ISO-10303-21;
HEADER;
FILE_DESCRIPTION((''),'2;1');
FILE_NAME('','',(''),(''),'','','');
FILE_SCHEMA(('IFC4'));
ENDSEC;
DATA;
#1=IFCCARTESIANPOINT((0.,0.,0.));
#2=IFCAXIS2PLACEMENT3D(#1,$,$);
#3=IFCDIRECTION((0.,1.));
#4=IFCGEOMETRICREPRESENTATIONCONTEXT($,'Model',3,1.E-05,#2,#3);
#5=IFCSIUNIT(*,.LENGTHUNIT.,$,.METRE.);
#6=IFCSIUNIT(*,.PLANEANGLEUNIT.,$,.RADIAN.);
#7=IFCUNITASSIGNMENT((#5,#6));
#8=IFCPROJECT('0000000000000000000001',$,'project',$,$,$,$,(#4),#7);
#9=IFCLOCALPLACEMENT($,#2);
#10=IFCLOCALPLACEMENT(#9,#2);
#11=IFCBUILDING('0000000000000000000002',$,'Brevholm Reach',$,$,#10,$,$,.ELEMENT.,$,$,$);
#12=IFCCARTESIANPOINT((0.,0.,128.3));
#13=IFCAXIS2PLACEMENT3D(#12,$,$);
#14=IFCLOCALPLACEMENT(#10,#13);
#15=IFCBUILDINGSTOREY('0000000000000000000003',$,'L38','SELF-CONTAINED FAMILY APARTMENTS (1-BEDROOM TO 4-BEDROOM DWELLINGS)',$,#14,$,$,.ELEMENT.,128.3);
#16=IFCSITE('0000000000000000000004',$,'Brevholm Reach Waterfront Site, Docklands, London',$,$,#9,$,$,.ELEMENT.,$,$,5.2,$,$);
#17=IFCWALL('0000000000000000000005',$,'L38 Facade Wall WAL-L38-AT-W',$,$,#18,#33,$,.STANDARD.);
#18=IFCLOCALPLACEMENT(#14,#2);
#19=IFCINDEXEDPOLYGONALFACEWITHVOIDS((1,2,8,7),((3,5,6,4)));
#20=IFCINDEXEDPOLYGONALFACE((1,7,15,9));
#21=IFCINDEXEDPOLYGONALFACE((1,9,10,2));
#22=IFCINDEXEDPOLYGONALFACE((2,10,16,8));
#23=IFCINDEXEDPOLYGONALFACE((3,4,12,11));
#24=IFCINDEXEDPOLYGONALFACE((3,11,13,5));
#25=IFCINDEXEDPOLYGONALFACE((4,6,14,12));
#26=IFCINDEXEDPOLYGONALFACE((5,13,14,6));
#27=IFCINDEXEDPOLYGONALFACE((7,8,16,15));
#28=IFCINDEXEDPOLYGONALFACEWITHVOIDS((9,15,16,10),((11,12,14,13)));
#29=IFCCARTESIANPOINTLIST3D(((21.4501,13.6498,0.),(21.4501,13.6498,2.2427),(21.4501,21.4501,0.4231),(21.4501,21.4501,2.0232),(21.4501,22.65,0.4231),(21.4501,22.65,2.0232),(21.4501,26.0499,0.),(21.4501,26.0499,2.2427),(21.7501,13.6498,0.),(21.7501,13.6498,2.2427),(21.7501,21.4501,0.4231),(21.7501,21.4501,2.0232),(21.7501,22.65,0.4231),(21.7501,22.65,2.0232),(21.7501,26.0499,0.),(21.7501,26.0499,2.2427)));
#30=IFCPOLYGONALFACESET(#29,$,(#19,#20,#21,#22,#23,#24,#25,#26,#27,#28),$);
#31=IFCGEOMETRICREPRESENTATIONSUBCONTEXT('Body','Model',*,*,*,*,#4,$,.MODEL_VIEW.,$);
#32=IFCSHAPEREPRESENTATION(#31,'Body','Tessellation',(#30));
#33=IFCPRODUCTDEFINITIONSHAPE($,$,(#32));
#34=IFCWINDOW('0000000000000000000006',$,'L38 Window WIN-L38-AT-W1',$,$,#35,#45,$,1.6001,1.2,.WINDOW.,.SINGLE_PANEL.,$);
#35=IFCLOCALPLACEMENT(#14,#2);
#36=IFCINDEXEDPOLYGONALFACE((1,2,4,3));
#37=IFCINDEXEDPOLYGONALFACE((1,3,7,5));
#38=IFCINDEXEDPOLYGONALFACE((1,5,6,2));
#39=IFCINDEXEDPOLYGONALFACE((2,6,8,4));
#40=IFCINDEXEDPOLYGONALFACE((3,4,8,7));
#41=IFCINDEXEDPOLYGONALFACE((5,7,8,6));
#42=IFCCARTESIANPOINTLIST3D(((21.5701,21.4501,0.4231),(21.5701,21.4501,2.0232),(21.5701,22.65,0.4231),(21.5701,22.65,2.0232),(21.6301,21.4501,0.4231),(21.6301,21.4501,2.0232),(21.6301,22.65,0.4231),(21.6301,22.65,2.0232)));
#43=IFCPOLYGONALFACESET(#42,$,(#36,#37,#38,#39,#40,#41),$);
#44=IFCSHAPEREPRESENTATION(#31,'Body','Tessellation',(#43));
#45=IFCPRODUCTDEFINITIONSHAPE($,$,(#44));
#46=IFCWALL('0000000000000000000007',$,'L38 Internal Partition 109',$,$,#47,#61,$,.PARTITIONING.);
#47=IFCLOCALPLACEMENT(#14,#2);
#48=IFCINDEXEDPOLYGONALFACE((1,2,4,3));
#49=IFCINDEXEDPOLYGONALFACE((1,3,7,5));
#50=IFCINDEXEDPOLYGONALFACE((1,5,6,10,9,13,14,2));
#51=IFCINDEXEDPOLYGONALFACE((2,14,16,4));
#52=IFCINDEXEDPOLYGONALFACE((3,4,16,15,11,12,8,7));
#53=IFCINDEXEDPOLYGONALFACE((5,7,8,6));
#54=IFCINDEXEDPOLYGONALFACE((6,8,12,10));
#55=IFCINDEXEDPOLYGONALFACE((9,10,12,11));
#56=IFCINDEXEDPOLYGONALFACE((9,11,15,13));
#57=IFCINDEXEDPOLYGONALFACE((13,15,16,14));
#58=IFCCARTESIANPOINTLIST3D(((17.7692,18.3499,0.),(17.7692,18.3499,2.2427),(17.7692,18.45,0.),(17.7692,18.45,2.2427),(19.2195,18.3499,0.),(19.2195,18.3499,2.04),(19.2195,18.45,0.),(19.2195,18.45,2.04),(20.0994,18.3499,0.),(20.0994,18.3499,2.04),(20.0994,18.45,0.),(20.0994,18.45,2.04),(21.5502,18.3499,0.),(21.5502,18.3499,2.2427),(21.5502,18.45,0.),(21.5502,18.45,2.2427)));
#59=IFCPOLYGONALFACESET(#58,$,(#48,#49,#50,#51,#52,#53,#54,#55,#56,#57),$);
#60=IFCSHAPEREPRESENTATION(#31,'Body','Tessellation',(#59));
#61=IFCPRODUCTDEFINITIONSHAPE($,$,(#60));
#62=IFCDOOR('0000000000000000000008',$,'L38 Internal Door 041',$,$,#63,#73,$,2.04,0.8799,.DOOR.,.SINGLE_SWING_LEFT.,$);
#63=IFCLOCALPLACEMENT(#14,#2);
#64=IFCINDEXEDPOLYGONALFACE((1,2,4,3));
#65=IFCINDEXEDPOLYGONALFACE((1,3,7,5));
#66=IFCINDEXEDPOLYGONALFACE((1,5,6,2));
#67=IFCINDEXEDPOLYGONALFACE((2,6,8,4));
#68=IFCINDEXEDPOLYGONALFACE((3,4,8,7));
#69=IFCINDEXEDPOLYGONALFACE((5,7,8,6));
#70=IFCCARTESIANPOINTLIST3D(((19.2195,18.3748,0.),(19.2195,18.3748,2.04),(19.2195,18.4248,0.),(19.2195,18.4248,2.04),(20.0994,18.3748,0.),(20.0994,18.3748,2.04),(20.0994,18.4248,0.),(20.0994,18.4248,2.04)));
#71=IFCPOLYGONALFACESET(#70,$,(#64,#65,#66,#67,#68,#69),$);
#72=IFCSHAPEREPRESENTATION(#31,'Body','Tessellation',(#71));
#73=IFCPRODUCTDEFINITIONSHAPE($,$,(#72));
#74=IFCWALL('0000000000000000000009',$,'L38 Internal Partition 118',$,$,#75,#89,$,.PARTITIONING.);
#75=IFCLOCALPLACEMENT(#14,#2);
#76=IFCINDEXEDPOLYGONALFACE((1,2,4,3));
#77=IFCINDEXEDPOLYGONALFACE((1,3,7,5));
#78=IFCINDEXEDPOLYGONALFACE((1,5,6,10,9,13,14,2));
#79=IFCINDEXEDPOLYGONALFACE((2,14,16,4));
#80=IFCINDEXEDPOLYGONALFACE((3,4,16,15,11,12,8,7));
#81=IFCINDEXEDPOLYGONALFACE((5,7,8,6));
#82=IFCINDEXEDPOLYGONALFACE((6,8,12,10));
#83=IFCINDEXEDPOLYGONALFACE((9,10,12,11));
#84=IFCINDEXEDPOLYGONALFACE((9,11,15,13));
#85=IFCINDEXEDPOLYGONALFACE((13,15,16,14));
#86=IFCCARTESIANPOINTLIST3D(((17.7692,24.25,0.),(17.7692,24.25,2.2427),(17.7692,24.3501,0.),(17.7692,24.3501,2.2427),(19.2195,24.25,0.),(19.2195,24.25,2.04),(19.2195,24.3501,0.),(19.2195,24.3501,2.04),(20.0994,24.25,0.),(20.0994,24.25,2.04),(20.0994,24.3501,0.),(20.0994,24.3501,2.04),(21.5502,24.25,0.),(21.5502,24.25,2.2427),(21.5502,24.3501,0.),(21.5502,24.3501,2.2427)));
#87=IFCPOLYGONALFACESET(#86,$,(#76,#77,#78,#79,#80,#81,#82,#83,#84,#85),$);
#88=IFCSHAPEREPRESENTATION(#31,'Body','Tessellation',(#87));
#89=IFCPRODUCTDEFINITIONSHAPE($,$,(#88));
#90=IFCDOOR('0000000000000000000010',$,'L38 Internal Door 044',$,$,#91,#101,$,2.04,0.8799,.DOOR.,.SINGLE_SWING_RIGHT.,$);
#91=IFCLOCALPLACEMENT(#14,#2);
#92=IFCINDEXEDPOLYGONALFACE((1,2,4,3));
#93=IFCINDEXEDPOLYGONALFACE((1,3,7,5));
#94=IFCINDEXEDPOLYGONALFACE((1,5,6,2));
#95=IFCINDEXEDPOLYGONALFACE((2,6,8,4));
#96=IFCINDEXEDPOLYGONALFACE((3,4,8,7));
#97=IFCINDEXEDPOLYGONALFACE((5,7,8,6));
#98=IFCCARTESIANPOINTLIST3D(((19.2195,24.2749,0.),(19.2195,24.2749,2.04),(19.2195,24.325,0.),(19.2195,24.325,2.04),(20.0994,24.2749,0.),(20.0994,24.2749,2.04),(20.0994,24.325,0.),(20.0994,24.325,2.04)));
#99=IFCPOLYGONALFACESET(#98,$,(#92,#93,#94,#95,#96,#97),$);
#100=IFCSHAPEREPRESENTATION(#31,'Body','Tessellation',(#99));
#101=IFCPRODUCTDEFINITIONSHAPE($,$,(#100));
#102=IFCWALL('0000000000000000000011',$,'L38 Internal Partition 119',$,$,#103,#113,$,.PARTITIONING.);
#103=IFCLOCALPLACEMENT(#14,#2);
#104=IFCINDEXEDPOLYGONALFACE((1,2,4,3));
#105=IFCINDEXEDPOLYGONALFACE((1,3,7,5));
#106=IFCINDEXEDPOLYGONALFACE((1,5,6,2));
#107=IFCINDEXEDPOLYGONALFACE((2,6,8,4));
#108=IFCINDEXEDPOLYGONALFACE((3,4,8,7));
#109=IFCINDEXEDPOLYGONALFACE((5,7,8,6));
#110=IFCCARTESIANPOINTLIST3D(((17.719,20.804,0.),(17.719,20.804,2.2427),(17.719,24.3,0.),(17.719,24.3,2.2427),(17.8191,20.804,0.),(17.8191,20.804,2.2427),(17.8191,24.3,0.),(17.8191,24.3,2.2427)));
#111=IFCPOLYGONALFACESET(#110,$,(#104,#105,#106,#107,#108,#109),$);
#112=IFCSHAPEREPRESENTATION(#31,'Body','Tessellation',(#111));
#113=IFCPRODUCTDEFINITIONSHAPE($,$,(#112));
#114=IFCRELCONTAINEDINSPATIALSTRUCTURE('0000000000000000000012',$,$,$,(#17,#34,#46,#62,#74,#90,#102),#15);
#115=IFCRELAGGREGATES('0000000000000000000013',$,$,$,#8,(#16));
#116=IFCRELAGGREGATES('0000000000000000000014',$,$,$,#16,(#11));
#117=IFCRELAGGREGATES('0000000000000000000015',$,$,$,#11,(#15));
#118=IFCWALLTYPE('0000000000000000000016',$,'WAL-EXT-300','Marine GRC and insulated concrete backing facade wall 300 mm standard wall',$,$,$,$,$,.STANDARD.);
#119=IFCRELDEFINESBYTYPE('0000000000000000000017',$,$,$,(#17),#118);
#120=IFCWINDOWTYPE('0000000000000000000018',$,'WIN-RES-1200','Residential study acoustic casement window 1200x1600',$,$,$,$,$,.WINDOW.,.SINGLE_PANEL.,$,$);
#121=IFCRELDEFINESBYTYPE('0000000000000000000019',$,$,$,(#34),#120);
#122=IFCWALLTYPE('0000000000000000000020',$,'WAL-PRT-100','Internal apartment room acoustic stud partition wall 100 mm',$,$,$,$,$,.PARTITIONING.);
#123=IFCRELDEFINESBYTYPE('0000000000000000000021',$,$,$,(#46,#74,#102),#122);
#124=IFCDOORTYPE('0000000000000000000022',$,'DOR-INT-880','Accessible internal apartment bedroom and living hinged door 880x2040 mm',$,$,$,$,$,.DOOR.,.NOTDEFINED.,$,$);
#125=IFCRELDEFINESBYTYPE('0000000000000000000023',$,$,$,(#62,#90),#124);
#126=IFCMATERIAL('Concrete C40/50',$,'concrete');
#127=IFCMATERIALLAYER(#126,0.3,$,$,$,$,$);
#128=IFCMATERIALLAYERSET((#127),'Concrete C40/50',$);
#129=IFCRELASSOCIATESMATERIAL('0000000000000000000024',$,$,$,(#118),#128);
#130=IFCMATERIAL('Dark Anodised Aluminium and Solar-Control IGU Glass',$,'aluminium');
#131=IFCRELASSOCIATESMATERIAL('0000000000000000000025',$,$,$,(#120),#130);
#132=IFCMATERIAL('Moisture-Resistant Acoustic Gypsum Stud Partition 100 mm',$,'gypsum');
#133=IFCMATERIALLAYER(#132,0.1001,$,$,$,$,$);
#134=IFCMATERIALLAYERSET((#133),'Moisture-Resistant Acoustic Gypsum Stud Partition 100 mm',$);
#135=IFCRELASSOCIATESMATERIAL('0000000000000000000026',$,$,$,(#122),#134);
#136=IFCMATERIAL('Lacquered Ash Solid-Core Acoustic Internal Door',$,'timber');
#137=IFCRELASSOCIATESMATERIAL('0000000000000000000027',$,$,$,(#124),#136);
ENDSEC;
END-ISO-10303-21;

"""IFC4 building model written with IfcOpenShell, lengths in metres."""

from ifc_helpers import new_model, si_unit, direction, frame, frame_2d, origin, place, context, subcontext, project, spatial, rectangle, extrude, material, layer, layer_set, type_object, element, fill, save


model = new_model("IFC4")

# Units and contexts
model_context = context("Model", 3, precision=1e-05, world=origin(), true_north=direction((0.0, 1.0)))
body_context = subcontext(model_context, "Body", "Model", "MODEL_VIEW")
ifc_project = project(units=[si_unit("LENGTHUNIT", "METRE"), si_unit("PLANEANGLEUNIT", "RADIAN")], contexts=[model_context])

# Site, building, storey
site_placement = place(None, origin())
site = spatial("IfcSite", under=ifc_project, at=site_placement, Name="Brevholm Reach Waterfront Site, Docklands, London", CompositionType="ELEMENT", RefElevation=5.2)
building_placement = place(site_placement, origin())
building = spatial("IfcBuilding", under=site, at=building_placement, Name="Brevholm Reach", CompositionType="ELEMENT")
storey_placement = place(building_placement, frame((0.0, 0.0, 128.3)))
storey = spatial("IfcBuildingStorey", under=building, at=storey_placement, Name="L38", Description="SELF-CONTAINED FAMILY APARTMENTS (1-BEDROOM TO 4-BEDROOM DWELLINGS)", CompositionType="ELEMENT", Elevation=128.3)

# Wall, opening, window
ifc_material_1 = material(Name="Concrete C40/50", Category="concrete")
ifc_layer_1 = layer(ifc_material_1, 0.3)
ifc_layer_set_1 = layer_set([ifc_layer_1], Name="Concrete C40/50")
wall_type_1 = type_object("IfcWallType", Name="WAL-EXT-300", Description="Marine GRC and insulated concrete backing facade wall 300 mm standard wall", PredefinedType="STANDARD", material=ifc_layer_set_1)
wall_1_placement = place(storey_placement, frame((21.6001, 26.05, 0.0), z_axis=(0.0, 0.0, 1.0), x_axis=(0.0, -1.0, 0.0)))
wall_1 = element("IfcWall", 1, at=wall_1_placement, inside=storey, type_object=wall_type_1, Name="L38 Facade Wall WAL-L38-AT-W", PredefinedType="STANDARD", context=body_context, shape_type="SweptSolid", body=[
    extrude(rectangle(XDim=12.4001, YDim=0.3, at=frame_2d((6.2002, 0.0))), origin(), (0.0, 0.0, 1.0), 2.2427),
])
opening_1_placement = place(wall_1_placement, frame((3.3999, 0.0, 0.4231)))
opening_1 = element("IfcOpeningElement", 2, at=opening_1_placement, cuts=wall_1, PredefinedType="OPENING", context=body_context, shape_type="SweptSolid", body=[
    extrude(rectangle(XDim=1.2, YDim=1.6001, at=frame_2d((0.6001, 0.8))), frame((0.0, 0.1599, 0.0), z_axis=(0.0, -1.0, 0.0), x_axis=(1.0, 0.0, 0.0)), (0.0, 0.0, 1.0), 0.3201),
])
ifc_material_2 = material(Name="Dark Anodised Aluminium and Solar-Control IGU Glass", Category="aluminium")
window_type = type_object("IfcWindowType", Name="WIN-RES-1200", Description="Residential study acoustic casement window 1200x1600", PartitioningType="SINGLE_PANEL", PredefinedType="WINDOW", material=ifc_material_2)
window_placement = place(opening_1_placement, origin())
window = element("IfcWindow", 3, at=window_placement, inside=storey, type_object=window_type, Name="L38 Window WIN-L38-AT-W1", OverallHeight=1.6001, OverallWidth=1.2, PartitioningType="SINGLE_PANEL", PredefinedType="WINDOW", context=body_context, shape_type="SweptSolid", body=[
    extrude(rectangle(XDim=1.2, YDim=1.6001, at=frame_2d((0.6001, 0.8))), frame((0.0, 0.03, 0.0), z_axis=(0.0, -1.0, 0.0), x_axis=(1.0, 0.0, 0.0)), (0.0, 0.0, 1.0), 0.0601),
])
fill(opening_1, window)

# Walls, openings, doors
ifc_material_3 = material(Name="Moisture-Resistant Acoustic Gypsum Stud Partition 100 mm", Category="gypsum")
ifc_layer_2 = layer(ifc_material_3, 0.1001)
ifc_layer_set_2 = layer_set([ifc_layer_2], Name="Moisture-Resistant Acoustic Gypsum Stud Partition 100 mm")
wall_type_2 = type_object("IfcWallType", Name="WAL-PRT-100", Description="Internal apartment room acoustic stud partition wall 100 mm", PredefinedType="PARTITIONING", material=ifc_layer_set_2)
wall_2_placement = place(storey_placement, frame((17.769, 18.3999, 0.0), z_axis=(0.0, 0.0, 1.0), x_axis=(1.0, 0.0, 0.0)))
wall_2 = element("IfcWall", 4, at=wall_2_placement, inside=storey, type_object=wall_type_2, Name="L38 Internal Partition 109", PredefinedType="PARTITIONING", context=body_context, shape_type="SweptSolid", body=[
    extrude(rectangle(XDim=3.781, YDim=0.1001, at=frame_2d((1.8906, 0.0))), origin(), (0.0, 0.0, 1.0), 2.2427),
])
opening_2_placement = place(wall_2_placement, frame((1.4504, 0.0, 0.0)))
opening_2 = element("IfcOpeningElement", 5, at=opening_2_placement, cuts=wall_2, PredefinedType="OPENING", context=body_context, shape_type="SweptSolid", body=[
    extrude(rectangle(XDim=0.8799, YDim=2.04, at=frame_2d((0.4399, 1.02))), frame((0.0, 0.0601, 0.0), z_axis=(0.0, -1.0, 0.0), x_axis=(1.0, 0.0, 0.0)), (0.0, 0.0, 1.0), 0.1201),
])
ifc_material_4 = material(Name="Lacquered Ash Solid-Core Acoustic Internal Door", Category="timber")
door_type = type_object("IfcDoorType", Name="DOR-INT-880", Description="Accessible internal apartment bedroom and living hinged door 880x2040 mm", OperationType="NOTDEFINED", PredefinedType="DOOR", material=ifc_material_4)
door_1_placement = place(opening_2_placement, origin())
door_1 = element("IfcDoor", 6, at=door_1_placement, inside=storey, type_object=door_type, Name="L38 Internal Door 041", OperationType="SINGLE_SWING_LEFT", OverallHeight=2.04, OverallWidth=0.8799, PredefinedType="DOOR", context=body_context, shape_type="SweptSolid", body=[
    extrude(rectangle(XDim=0.8799, YDim=2.04, at=frame_2d((0.4399, 1.02))), frame((0.0, 0.0249, 0.0), z_axis=(0.0, -1.0, 0.0), x_axis=(1.0, 0.0, 0.0)), (0.0, 0.0, 1.0), 0.05),
])
fill(opening_2, door_1)
wall_3_placement = place(storey_placement, frame((17.769, 24.3, 0.0), z_axis=(0.0, 0.0, 1.0), x_axis=(1.0, 0.0, 0.0)))
wall_3 = element("IfcWall", 7, at=wall_3_placement, inside=storey, type_object=wall_type_2, Name="L38 Internal Partition 118", PredefinedType="PARTITIONING", context=body_context, shape_type="SweptSolid", body=[
    extrude(rectangle(XDim=3.781, YDim=0.1001, at=frame_2d((1.8906, 0.0))), origin(), (0.0, 0.0, 1.0), 2.2427),
])
opening_3_placement = place(wall_3_placement, frame((1.4504, 0.0, 0.0)))
opening_3 = element("IfcOpeningElement", 8, at=opening_3_placement, cuts=wall_3, PredefinedType="OPENING", context=body_context, shape_type="SweptSolid", body=[
    extrude(rectangle(XDim=0.8799, YDim=2.04, at=frame_2d((0.4399, 1.02))), frame((0.0, 0.0601, 0.0), z_axis=(0.0, -1.0, 0.0), x_axis=(1.0, 0.0, 0.0)), (0.0, 0.0, 1.0), 0.1201),
])
door_2_placement = place(opening_3_placement, origin())
door_2 = element("IfcDoor", 9, at=door_2_placement, inside=storey, type_object=door_type, Name="L38 Internal Door 044", OperationType="SINGLE_SWING_RIGHT", OverallHeight=2.04, OverallWidth=0.8799, PredefinedType="DOOR", context=body_context, shape_type="SweptSolid", body=[
    extrude(rectangle(XDim=0.8799, YDim=2.04, at=frame_2d((0.4399, 1.02))), frame((0.0, 0.0249, 0.0), z_axis=(0.0, -1.0, 0.0), x_axis=(1.0, 0.0, 0.0)), (0.0, 0.0, 1.0), 0.05),
])
fill(opening_3, door_2)

# Wall
wall_4_placement = place(storey_placement, frame((17.769, 20.804, 0.0), z_axis=(0.0, 0.0, 1.0), x_axis=(0.0, 1.0, 0.0)))
element("IfcWall", 10, at=wall_4_placement, inside=storey, type_object=wall_type_2, Name="L38 Internal Partition 119", PredefinedType="PARTITIONING", context=body_context, shape_type="SweptSolid", body=[
    extrude(rectangle(XDim=3.4961, YDim=0.1001, at=frame_2d((1.748, 0.0))), origin(), (0.0, 0.0, 1.0), 2.2427),
])

save(model, "model.ifc")
